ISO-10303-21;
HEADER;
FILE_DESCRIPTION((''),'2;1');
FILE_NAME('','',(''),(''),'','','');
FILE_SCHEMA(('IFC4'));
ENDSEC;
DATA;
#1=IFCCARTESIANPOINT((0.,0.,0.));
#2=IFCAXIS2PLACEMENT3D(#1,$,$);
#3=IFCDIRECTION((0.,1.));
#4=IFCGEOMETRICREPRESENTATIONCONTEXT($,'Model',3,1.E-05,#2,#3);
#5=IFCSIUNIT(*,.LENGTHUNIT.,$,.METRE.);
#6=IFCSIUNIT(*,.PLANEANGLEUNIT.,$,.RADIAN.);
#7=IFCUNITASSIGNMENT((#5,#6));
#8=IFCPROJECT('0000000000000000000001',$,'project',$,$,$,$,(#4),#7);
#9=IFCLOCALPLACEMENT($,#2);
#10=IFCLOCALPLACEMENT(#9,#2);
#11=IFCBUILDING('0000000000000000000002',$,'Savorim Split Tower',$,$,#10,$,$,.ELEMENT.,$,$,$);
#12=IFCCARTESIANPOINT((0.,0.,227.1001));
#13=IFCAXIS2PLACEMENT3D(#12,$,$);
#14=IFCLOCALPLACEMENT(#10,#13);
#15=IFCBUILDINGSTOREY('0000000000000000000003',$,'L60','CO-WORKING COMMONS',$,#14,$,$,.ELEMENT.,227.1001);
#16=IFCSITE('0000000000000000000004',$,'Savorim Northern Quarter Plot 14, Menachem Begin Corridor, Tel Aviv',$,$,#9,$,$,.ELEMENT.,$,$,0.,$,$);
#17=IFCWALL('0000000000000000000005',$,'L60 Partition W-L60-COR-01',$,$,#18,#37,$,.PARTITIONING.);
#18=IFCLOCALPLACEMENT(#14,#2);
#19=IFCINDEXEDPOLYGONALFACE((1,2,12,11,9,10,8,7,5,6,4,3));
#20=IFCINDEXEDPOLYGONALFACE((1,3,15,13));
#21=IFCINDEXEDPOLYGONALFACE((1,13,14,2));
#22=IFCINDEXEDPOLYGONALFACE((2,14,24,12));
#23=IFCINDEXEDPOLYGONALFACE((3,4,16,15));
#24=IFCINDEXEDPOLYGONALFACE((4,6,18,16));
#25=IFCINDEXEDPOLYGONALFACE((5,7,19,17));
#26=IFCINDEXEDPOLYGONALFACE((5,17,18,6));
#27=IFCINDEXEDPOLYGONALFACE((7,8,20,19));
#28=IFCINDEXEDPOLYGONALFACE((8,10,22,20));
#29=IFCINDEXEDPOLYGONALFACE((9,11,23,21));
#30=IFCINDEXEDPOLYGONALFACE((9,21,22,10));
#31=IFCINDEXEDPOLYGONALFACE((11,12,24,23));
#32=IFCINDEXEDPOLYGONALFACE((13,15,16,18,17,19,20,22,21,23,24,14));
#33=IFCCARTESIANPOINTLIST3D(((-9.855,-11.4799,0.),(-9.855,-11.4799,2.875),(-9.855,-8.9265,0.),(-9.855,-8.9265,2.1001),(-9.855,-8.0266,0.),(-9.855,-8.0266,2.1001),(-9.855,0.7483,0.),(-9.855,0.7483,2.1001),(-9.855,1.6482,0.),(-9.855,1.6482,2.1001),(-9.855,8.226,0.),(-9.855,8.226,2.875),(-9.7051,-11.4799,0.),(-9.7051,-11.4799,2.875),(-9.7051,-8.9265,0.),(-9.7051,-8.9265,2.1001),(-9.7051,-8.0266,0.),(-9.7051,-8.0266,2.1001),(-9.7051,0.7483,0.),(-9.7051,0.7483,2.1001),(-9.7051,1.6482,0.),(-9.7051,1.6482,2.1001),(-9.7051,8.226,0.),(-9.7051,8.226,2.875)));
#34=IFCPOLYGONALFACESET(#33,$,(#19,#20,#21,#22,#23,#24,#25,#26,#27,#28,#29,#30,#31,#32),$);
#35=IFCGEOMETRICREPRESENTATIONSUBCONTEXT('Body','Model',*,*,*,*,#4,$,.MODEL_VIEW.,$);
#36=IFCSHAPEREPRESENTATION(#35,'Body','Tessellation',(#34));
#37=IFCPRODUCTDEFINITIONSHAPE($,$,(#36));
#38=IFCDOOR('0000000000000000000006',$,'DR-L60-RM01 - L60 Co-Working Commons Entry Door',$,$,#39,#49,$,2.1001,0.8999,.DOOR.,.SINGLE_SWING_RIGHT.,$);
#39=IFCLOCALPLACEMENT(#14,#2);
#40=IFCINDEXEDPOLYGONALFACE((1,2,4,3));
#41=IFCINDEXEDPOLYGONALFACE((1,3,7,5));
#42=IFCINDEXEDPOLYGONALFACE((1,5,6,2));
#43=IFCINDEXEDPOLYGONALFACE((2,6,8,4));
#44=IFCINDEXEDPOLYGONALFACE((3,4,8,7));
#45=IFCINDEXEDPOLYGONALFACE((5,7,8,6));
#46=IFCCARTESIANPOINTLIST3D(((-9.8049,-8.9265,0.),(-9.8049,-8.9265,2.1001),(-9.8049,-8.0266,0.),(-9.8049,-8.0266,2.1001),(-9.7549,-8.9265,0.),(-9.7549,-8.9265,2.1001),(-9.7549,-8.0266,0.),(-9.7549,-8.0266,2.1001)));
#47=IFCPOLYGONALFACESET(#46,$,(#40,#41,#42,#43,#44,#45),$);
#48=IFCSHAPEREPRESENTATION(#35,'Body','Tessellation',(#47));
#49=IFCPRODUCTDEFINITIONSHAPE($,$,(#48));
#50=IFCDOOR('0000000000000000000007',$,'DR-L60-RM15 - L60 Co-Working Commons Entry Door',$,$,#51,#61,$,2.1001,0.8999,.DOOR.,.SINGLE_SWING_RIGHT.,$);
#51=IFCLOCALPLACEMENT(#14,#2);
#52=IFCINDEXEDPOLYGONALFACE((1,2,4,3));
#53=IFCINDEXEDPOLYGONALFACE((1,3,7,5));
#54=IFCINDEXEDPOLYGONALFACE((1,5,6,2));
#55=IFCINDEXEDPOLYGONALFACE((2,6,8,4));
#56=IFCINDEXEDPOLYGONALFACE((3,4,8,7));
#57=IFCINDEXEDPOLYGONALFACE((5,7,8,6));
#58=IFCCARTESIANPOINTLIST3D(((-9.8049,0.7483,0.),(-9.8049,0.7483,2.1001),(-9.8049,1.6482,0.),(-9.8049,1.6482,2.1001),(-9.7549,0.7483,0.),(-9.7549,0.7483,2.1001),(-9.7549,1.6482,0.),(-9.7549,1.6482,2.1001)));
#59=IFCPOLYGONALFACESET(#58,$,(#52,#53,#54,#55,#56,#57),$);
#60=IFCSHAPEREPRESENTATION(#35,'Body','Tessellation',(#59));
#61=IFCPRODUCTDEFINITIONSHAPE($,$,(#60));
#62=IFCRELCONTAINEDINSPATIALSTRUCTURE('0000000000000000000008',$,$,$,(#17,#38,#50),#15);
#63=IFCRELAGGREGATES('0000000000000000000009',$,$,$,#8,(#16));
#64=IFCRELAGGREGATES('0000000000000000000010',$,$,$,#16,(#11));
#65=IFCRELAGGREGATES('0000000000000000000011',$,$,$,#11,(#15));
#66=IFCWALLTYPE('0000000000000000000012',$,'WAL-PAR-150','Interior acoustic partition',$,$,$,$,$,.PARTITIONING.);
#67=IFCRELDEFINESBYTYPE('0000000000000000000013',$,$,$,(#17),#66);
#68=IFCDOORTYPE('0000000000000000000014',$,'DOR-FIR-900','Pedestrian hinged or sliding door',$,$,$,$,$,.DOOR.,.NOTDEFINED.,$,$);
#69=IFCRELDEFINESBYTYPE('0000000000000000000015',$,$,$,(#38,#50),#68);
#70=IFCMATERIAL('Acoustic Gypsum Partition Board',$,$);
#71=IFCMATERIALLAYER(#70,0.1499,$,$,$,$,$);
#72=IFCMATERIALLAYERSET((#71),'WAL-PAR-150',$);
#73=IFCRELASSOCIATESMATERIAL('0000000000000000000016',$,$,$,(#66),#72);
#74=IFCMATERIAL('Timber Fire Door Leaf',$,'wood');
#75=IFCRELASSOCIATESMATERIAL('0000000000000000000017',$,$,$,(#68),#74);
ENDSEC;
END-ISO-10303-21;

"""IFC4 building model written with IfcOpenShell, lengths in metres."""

from ifc_helpers import new_model, si_unit, direction, frame, frame_2d, origin, place, context, subcontext, project, spatial, rectangle, extrude, material, layer, layer_set, type_object, element, fill, save


model = new_model("IFC4")

# Units and contexts
model_context = context("Model", 3, precision=1e-05, world=origin(), true_north=direction((0.0, 1.0)))
body_context = subcontext(model_context, "Body", "Model", "MODEL_VIEW")
ifc_project = project(units=[si_unit("LENGTHUNIT", "METRE"), si_unit("PLANEANGLEUNIT", "RADIAN")], contexts=[model_context])

# Site, building, storey
site_placement = place(None, origin())
site = spatial("IfcSite", under=ifc_project, at=site_placement, Name="Savorim Northern Quarter Plot 14, Menachem Begin Corridor, Tel Aviv", CompositionType="ELEMENT", RefElevation=0.0)
building_placement = place(site_placement, origin())
building = spatial("IfcBuilding", under=site, at=building_placement, Name="Savorim Split Tower", CompositionType="ELEMENT")
storey_placement = place(building_placement, frame((0.0, 0.0, 227.1001)))
storey = spatial("IfcBuildingStorey", under=building, at=storey_placement, Name="L60", Description="CO-WORKING COMMONS", CompositionType="ELEMENT", Elevation=227.1001)

# Wall, openings, doors
ifc_material_1 = material(Name="Acoustic Gypsum Partition Board")
ifc_layer_1 = layer(ifc_material_1, 0.1499)
ifc_layer_set_1 = layer_set([ifc_layer_1], Name="WAL-PAR-150")
wall_type = type_object("IfcWallType", Name="WAL-PAR-150", Description="Interior acoustic partition", PredefinedType="PARTITIONING", material=ifc_layer_set_1)
wall_placement = place(storey_placement, frame((-9.78, -11.48, 0.0), z_axis=(0.0, 0.0, 1.0), x_axis=(0.0, 1.0, 0.0)))
wall = element("IfcWall", 1, at=wall_placement, inside=storey, type_object=wall_type, Name="L60 Partition W-L60-COR-01", PredefinedType="PARTITIONING", context=body_context, shape_type="SweptSolid", body=[
    extrude(rectangle(XDim=19.7058, YDim=0.1499, at=frame_2d((9.853, 0.0))), origin(), (0.0, 0.0, 1.0), 2.875),
])
opening_1_placement = place(wall_placement, frame((2.5535, 0.0, 0.0)))
opening_1 = element("IfcOpeningElement", 2, at=opening_1_placement, cuts=wall, PredefinedType="OPENING", context=body_context, shape_type="SweptSolid", body=[
    extrude(rectangle(XDim=0.8999, YDim=2.1001, at=frame_2d((0.45, 1.05))), frame((0.0, 0.085, 0.0), z_axis=(0.0, -1.0, 0.0), x_axis=(1.0, 0.0, 0.0)), (0.0, 0.0, 1.0), 0.1699),
])
opening_2_placement = place(wall_placement, frame((12.2283, 0.0, 0.0)))
opening_2 = element("IfcOpeningElement", 3, at=opening_2_placement, cuts=wall, PredefinedType="OPENING", context=body_context, shape_type="SweptSolid", body=[
    extrude(rectangle(XDim=0.8999, YDim=2.1001, at=frame_2d((0.45, 1.05))), frame((0.0, 0.085, 0.0), z_axis=(0.0, -1.0, 0.0), x_axis=(1.0, 0.0, 0.0)), (0.0, 0.0, 1.0), 0.1699),
])
ifc_material_2 = material(Name="Timber Fire Door Leaf", Category="wood")
door_type = type_object("IfcDoorType", Name="DOR-FIR-900", Description="Pedestrian hinged or sliding door", OperationType="NOTDEFINED", PredefinedType="DOOR", material=ifc_material_2)
door_1_placement = place(opening_1_placement, origin())
door_1 = element("IfcDoor", 4, at=door_1_placement, inside=storey, type_object=door_type, Name="DR-L60-RM01 - L60 Co-Working Commons Entry Door", OperationType="SINGLE_SWING_RIGHT", OverallHeight=2.1001, OverallWidth=0.8999, PredefinedType="DOOR", context=body_context, shape_type="SweptSolid", body=[
    extrude(rectangle(XDim=0.8999, YDim=2.1001, at=frame_2d((0.45, 1.05))), frame((0.0, 0.0249, 0.0), z_axis=(0.0, -1.0, 0.0), x_axis=(1.0, 0.0, 0.0)), (0.0, 0.0, 1.0), 0.05),
])
fill(opening_1, door_1)
door_2_placement = place(opening_2_placement, origin())
door_2 = element("IfcDoor", 5, at=door_2_placement, inside=storey, type_object=door_type, Name="DR-L60-RM15 - L60 Co-Working Commons Entry Door", OperationType="SINGLE_SWING_RIGHT", OverallHeight=2.1001, OverallWidth=0.8999, PredefinedType="DOOR", context=body_context, shape_type="SweptSolid", body=[
    extrude(rectangle(XDim=0.8999, YDim=2.1001, at=frame_2d((0.45, 1.05))), frame((0.0, 0.0249, 0.0), z_axis=(0.0, -1.0, 0.0), x_axis=(1.0, 0.0, 0.0)), (0.0, 0.0, 1.0), 0.05),
])
fill(opening_2, door_2)

save(model, "model.ifc")
